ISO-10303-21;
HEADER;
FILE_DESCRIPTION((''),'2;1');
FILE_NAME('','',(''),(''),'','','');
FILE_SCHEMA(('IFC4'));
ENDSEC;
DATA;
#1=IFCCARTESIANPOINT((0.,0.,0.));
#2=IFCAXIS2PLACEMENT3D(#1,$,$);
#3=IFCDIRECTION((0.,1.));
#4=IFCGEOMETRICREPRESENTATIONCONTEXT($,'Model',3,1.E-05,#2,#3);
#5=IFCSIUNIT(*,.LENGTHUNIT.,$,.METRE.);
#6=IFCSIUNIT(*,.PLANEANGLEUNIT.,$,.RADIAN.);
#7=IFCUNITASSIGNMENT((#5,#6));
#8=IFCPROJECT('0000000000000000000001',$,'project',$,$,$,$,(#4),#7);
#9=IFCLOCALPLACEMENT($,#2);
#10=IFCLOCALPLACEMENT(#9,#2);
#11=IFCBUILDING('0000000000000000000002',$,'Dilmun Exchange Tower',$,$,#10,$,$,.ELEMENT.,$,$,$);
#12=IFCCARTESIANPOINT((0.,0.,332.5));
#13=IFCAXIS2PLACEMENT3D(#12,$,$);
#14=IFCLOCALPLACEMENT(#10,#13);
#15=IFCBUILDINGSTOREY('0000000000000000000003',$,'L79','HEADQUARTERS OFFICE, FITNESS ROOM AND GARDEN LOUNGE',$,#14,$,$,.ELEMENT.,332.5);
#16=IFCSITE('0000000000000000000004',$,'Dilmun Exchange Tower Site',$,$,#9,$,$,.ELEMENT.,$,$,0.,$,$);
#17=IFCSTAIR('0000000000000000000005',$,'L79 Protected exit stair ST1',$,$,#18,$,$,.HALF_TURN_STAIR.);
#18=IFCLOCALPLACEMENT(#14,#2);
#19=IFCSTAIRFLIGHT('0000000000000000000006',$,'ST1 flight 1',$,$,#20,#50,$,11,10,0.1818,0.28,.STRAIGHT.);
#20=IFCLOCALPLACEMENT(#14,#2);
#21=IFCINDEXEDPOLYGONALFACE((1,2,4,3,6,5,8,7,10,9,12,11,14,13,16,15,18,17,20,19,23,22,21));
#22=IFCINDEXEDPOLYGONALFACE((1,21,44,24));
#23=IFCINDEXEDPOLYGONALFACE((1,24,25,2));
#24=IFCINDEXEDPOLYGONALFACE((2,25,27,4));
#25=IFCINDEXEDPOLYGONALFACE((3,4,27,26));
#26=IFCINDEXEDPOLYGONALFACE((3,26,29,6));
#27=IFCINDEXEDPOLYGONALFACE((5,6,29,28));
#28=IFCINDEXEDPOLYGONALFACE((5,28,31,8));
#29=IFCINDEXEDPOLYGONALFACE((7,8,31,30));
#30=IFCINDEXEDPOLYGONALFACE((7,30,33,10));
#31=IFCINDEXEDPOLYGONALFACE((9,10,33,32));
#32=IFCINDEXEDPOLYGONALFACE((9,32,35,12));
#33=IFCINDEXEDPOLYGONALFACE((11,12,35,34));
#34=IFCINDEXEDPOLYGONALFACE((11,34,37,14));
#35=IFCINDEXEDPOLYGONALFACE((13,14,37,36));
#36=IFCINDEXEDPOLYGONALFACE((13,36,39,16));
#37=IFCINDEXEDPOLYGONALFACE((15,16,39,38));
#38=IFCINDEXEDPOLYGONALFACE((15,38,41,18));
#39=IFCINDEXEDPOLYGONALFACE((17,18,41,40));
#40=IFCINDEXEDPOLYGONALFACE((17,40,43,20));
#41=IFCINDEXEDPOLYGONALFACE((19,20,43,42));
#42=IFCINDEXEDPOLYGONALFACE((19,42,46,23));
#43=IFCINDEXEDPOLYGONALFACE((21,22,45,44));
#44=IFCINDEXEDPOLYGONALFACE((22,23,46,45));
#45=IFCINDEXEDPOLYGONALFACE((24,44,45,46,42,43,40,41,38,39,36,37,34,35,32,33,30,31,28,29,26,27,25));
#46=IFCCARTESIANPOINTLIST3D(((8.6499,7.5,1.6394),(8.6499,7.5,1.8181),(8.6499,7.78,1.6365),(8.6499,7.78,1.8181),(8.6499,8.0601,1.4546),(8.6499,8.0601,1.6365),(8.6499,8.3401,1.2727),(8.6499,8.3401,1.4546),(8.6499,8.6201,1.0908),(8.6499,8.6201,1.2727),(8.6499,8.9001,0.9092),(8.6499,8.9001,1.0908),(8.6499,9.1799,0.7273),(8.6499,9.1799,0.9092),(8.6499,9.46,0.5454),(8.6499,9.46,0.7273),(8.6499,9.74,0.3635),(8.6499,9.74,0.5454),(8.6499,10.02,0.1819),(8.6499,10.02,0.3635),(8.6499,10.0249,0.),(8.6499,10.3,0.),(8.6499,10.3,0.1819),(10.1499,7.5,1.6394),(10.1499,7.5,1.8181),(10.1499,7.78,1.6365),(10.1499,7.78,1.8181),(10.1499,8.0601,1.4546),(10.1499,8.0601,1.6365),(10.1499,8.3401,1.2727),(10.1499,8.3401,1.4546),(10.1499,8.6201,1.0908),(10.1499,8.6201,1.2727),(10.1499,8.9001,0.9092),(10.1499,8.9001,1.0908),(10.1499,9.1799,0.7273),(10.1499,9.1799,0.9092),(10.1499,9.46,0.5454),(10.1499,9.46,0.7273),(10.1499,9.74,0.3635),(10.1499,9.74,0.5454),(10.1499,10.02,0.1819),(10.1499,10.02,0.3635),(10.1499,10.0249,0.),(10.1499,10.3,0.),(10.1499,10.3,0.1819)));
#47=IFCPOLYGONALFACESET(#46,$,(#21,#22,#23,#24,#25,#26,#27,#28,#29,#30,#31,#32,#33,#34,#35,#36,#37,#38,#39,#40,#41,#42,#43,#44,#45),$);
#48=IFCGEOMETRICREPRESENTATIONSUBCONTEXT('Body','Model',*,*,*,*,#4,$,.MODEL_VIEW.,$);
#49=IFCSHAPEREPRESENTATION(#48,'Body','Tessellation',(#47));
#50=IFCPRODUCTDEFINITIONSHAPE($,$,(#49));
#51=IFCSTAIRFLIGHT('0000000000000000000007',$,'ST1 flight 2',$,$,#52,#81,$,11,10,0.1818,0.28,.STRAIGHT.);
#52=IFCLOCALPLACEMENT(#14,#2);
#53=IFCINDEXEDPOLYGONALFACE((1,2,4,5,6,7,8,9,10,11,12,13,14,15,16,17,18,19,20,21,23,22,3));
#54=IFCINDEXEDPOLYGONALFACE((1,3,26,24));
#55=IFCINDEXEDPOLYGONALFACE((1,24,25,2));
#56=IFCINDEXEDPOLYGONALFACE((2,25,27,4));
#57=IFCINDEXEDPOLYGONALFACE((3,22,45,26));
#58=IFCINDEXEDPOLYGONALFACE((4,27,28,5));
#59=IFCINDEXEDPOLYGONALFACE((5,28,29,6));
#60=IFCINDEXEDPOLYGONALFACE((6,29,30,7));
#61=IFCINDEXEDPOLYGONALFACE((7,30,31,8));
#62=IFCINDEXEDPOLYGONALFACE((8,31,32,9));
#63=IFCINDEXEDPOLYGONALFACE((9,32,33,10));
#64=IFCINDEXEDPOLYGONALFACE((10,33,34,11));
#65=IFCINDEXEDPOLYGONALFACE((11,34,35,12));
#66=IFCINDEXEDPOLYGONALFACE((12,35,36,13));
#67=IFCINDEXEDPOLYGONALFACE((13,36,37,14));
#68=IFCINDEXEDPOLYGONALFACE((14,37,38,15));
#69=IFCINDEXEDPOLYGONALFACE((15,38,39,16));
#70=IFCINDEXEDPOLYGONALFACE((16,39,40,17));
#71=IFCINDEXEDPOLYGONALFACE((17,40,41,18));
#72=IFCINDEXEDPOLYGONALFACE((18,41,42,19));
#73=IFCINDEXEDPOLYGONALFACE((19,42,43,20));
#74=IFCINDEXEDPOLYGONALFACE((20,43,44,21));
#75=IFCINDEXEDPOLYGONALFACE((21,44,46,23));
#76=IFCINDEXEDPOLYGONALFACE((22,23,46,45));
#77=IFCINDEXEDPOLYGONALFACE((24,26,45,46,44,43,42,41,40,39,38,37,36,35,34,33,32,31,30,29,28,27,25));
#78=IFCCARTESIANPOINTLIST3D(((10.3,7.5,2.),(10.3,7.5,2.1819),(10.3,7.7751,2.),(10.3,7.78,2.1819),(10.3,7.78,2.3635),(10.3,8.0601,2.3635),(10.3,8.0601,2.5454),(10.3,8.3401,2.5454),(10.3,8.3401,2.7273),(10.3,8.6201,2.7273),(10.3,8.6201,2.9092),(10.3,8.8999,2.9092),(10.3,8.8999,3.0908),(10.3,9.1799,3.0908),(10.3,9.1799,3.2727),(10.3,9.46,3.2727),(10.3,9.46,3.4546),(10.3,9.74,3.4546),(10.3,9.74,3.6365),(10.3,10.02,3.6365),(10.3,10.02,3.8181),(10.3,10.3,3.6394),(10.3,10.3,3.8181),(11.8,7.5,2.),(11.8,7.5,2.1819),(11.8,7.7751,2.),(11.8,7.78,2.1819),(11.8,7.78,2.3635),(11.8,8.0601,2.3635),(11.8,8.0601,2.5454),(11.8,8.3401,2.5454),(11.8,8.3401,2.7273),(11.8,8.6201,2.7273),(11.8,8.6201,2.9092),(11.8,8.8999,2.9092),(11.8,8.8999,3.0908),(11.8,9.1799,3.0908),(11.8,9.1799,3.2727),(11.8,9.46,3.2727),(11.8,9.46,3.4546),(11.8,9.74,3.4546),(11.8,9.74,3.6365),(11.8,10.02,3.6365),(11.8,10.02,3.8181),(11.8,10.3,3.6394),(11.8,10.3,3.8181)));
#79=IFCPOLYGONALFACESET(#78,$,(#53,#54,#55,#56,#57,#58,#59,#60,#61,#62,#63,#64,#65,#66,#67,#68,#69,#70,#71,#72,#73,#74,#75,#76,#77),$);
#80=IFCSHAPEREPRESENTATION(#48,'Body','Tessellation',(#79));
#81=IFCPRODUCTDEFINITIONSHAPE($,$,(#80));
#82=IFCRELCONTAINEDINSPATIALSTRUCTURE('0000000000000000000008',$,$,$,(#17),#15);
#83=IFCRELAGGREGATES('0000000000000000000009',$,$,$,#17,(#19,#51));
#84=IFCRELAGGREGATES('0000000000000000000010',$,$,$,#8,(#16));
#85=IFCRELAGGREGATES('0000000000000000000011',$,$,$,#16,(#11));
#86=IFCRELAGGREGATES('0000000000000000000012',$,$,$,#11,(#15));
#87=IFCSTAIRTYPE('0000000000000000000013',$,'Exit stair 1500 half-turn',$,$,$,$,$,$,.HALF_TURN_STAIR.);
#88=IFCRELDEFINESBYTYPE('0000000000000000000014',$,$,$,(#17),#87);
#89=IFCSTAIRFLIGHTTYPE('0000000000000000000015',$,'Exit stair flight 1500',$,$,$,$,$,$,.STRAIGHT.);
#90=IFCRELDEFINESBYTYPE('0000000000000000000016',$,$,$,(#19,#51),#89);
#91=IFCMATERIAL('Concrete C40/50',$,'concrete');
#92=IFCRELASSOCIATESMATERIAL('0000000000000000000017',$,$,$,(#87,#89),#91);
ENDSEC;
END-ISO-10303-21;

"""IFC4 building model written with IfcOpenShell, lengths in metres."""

from ifc_helpers import new_model, si_unit, direction, frame, origin, place, context, subcontext, project, spatial, polyline, outline, extrude, material, type_object, element, aggregate, save


model = new_model("IFC4")

# Units and contexts
model_context = context("Model", 3, precision=1e-05, world=origin(), true_north=direction((0.0, 1.0)))
body_context = subcontext(model_context, "Body", "Model", "MODEL_VIEW")
ifc_project = project(units=[si_unit("LENGTHUNIT", "METRE"), si_unit("PLANEANGLEUNIT", "RADIAN")], contexts=[model_context])

# Site, building, storey
site_placement = place(None, origin())
site = spatial("IfcSite", under=ifc_project, at=site_placement, Name="Dilmun Exchange Tower Site", CompositionType="ELEMENT", RefElevation=0.0)
building_placement = place(site_placement, origin())
building = spatial("IfcBuilding", under=site, at=building_placement, Name="Dilmun Exchange Tower", CompositionType="ELEMENT")
storey_placement = place(building_placement, frame((0.0, 0.0, 332.5)))
storey = spatial("IfcBuildingStorey", under=building, at=storey_placement, Name="L79", Description="HEADQUARTERS OFFICE, FITNESS ROOM AND GARDEN LOUNGE", CompositionType="ELEMENT", Elevation=332.5)

# Shared definitions
ifc_material_1 = material(Name="Concrete C40/50", Category="concrete")

# Stair, stair flights
stair_type = type_object("IfcStairType", Name="Exit stair 1500 half-turn", PredefinedType="HALF_TURN_STAIR", material=ifc_material_1)
stair_placement = place(storey_placement, origin())
stair = element("IfcStair", 1, at=stair_placement, inside=storey, type_object=stair_type, Name="L79 Protected exit stair ST1", PredefinedType="HALF_TURN_STAIR")
stair_flight_type = type_object("IfcStairFlightType", Name="Exit stair flight 1500", PredefinedType="STRAIGHT", material=ifc_material_1)
stair_flight_1_placement = place(storey_placement, frame((9.3999, 10.3, 0.0), z_axis=(0.0, 0.0, 1.0), x_axis=(0.0, -1.0, 0.0)))
stair_flight_1 = element("IfcStairFlight", 2, at=stair_flight_1_placement, type_object=stair_flight_type, Name="ST1 flight 1", NumberOfRisers=11, NumberOfTreads=10, PredefinedType="STRAIGHT", RiserHeight=0.1818, TreadLength=0.28, context=body_context, shape_type="SweptSolid", body=[
    extrude(outline(polyline([(0.0, 0.0), (0.0, 0.1819), (0.28, 0.1819), (0.28, 0.3635), (0.5601, 0.3635), (0.5601, 0.5454), (0.8401, 0.5454), (0.8401, 0.7273), (1.1201, 0.7273), (1.1201, 0.9092), (1.3999, 0.9092), (1.3999, 1.0908), (1.6799, 1.0908), (1.6799, 1.2727), (1.96, 1.2727), (1.96, 1.4546), (2.24, 1.4546), (2.24, 1.6365), (2.52, 1.6365), (2.52, 1.8181), (2.8, 1.8181), (2.8, 2.0), (2.8, 1.6394), (0.2751, 0.0), (0.0, 0.0)])), frame((0.0, 0.75, 0.0), z_axis=(0.0, -1.0, 0.0), x_axis=(1.0, 0.0, 0.0)), (0.0, 0.0, 1.0), 1.5),
])
stair_flight_2_placement = place(storey_placement, frame((11.05, 7.5, 2.0), z_axis=(0.0, 0.0, 1.0), x_axis=(0.0, 1.0, 0.0)))
stair_flight_2 = element("IfcStairFlight", 3, at=stair_flight_2_placement, type_object=stair_flight_type, Name="ST1 flight 2", NumberOfRisers=11, NumberOfTreads=10, PredefinedType="STRAIGHT", RiserHeight=0.1818, TreadLength=0.28, context=body_context, shape_type="SweptSolid", body=[
    extrude(outline(polyline([(0.0, 0.0), (0.0, 0.1819), (0.28, 0.1819), (0.28, 0.3635), (0.5601, 0.3635), (0.5601, 0.5454), (0.8401, 0.5454), (0.8401, 0.7273), (1.1201, 0.7273), (1.1201, 0.9092), (1.3999, 0.9092), (1.3999, 1.0908), (1.6799, 1.0908), (1.6799, 1.2727), (1.96, 1.2727), (1.96, 1.4546), (2.24, 1.4546), (2.24, 1.6365), (2.52, 1.6365), (2.52, 1.8181), (2.8, 1.8181), (2.8, 2.0), (2.8, 1.6394), (0.2751, 0.0), (0.0, 0.0)])), frame((0.0, 0.75, 0.0), z_axis=(0.0, -1.0, 0.0), x_axis=(1.0, 0.0, 0.0)), (0.0, 0.0, 1.0), 1.5),
])
aggregate(stair, [stair_flight_1, stair_flight_2])

save(model, "model.ifc")
